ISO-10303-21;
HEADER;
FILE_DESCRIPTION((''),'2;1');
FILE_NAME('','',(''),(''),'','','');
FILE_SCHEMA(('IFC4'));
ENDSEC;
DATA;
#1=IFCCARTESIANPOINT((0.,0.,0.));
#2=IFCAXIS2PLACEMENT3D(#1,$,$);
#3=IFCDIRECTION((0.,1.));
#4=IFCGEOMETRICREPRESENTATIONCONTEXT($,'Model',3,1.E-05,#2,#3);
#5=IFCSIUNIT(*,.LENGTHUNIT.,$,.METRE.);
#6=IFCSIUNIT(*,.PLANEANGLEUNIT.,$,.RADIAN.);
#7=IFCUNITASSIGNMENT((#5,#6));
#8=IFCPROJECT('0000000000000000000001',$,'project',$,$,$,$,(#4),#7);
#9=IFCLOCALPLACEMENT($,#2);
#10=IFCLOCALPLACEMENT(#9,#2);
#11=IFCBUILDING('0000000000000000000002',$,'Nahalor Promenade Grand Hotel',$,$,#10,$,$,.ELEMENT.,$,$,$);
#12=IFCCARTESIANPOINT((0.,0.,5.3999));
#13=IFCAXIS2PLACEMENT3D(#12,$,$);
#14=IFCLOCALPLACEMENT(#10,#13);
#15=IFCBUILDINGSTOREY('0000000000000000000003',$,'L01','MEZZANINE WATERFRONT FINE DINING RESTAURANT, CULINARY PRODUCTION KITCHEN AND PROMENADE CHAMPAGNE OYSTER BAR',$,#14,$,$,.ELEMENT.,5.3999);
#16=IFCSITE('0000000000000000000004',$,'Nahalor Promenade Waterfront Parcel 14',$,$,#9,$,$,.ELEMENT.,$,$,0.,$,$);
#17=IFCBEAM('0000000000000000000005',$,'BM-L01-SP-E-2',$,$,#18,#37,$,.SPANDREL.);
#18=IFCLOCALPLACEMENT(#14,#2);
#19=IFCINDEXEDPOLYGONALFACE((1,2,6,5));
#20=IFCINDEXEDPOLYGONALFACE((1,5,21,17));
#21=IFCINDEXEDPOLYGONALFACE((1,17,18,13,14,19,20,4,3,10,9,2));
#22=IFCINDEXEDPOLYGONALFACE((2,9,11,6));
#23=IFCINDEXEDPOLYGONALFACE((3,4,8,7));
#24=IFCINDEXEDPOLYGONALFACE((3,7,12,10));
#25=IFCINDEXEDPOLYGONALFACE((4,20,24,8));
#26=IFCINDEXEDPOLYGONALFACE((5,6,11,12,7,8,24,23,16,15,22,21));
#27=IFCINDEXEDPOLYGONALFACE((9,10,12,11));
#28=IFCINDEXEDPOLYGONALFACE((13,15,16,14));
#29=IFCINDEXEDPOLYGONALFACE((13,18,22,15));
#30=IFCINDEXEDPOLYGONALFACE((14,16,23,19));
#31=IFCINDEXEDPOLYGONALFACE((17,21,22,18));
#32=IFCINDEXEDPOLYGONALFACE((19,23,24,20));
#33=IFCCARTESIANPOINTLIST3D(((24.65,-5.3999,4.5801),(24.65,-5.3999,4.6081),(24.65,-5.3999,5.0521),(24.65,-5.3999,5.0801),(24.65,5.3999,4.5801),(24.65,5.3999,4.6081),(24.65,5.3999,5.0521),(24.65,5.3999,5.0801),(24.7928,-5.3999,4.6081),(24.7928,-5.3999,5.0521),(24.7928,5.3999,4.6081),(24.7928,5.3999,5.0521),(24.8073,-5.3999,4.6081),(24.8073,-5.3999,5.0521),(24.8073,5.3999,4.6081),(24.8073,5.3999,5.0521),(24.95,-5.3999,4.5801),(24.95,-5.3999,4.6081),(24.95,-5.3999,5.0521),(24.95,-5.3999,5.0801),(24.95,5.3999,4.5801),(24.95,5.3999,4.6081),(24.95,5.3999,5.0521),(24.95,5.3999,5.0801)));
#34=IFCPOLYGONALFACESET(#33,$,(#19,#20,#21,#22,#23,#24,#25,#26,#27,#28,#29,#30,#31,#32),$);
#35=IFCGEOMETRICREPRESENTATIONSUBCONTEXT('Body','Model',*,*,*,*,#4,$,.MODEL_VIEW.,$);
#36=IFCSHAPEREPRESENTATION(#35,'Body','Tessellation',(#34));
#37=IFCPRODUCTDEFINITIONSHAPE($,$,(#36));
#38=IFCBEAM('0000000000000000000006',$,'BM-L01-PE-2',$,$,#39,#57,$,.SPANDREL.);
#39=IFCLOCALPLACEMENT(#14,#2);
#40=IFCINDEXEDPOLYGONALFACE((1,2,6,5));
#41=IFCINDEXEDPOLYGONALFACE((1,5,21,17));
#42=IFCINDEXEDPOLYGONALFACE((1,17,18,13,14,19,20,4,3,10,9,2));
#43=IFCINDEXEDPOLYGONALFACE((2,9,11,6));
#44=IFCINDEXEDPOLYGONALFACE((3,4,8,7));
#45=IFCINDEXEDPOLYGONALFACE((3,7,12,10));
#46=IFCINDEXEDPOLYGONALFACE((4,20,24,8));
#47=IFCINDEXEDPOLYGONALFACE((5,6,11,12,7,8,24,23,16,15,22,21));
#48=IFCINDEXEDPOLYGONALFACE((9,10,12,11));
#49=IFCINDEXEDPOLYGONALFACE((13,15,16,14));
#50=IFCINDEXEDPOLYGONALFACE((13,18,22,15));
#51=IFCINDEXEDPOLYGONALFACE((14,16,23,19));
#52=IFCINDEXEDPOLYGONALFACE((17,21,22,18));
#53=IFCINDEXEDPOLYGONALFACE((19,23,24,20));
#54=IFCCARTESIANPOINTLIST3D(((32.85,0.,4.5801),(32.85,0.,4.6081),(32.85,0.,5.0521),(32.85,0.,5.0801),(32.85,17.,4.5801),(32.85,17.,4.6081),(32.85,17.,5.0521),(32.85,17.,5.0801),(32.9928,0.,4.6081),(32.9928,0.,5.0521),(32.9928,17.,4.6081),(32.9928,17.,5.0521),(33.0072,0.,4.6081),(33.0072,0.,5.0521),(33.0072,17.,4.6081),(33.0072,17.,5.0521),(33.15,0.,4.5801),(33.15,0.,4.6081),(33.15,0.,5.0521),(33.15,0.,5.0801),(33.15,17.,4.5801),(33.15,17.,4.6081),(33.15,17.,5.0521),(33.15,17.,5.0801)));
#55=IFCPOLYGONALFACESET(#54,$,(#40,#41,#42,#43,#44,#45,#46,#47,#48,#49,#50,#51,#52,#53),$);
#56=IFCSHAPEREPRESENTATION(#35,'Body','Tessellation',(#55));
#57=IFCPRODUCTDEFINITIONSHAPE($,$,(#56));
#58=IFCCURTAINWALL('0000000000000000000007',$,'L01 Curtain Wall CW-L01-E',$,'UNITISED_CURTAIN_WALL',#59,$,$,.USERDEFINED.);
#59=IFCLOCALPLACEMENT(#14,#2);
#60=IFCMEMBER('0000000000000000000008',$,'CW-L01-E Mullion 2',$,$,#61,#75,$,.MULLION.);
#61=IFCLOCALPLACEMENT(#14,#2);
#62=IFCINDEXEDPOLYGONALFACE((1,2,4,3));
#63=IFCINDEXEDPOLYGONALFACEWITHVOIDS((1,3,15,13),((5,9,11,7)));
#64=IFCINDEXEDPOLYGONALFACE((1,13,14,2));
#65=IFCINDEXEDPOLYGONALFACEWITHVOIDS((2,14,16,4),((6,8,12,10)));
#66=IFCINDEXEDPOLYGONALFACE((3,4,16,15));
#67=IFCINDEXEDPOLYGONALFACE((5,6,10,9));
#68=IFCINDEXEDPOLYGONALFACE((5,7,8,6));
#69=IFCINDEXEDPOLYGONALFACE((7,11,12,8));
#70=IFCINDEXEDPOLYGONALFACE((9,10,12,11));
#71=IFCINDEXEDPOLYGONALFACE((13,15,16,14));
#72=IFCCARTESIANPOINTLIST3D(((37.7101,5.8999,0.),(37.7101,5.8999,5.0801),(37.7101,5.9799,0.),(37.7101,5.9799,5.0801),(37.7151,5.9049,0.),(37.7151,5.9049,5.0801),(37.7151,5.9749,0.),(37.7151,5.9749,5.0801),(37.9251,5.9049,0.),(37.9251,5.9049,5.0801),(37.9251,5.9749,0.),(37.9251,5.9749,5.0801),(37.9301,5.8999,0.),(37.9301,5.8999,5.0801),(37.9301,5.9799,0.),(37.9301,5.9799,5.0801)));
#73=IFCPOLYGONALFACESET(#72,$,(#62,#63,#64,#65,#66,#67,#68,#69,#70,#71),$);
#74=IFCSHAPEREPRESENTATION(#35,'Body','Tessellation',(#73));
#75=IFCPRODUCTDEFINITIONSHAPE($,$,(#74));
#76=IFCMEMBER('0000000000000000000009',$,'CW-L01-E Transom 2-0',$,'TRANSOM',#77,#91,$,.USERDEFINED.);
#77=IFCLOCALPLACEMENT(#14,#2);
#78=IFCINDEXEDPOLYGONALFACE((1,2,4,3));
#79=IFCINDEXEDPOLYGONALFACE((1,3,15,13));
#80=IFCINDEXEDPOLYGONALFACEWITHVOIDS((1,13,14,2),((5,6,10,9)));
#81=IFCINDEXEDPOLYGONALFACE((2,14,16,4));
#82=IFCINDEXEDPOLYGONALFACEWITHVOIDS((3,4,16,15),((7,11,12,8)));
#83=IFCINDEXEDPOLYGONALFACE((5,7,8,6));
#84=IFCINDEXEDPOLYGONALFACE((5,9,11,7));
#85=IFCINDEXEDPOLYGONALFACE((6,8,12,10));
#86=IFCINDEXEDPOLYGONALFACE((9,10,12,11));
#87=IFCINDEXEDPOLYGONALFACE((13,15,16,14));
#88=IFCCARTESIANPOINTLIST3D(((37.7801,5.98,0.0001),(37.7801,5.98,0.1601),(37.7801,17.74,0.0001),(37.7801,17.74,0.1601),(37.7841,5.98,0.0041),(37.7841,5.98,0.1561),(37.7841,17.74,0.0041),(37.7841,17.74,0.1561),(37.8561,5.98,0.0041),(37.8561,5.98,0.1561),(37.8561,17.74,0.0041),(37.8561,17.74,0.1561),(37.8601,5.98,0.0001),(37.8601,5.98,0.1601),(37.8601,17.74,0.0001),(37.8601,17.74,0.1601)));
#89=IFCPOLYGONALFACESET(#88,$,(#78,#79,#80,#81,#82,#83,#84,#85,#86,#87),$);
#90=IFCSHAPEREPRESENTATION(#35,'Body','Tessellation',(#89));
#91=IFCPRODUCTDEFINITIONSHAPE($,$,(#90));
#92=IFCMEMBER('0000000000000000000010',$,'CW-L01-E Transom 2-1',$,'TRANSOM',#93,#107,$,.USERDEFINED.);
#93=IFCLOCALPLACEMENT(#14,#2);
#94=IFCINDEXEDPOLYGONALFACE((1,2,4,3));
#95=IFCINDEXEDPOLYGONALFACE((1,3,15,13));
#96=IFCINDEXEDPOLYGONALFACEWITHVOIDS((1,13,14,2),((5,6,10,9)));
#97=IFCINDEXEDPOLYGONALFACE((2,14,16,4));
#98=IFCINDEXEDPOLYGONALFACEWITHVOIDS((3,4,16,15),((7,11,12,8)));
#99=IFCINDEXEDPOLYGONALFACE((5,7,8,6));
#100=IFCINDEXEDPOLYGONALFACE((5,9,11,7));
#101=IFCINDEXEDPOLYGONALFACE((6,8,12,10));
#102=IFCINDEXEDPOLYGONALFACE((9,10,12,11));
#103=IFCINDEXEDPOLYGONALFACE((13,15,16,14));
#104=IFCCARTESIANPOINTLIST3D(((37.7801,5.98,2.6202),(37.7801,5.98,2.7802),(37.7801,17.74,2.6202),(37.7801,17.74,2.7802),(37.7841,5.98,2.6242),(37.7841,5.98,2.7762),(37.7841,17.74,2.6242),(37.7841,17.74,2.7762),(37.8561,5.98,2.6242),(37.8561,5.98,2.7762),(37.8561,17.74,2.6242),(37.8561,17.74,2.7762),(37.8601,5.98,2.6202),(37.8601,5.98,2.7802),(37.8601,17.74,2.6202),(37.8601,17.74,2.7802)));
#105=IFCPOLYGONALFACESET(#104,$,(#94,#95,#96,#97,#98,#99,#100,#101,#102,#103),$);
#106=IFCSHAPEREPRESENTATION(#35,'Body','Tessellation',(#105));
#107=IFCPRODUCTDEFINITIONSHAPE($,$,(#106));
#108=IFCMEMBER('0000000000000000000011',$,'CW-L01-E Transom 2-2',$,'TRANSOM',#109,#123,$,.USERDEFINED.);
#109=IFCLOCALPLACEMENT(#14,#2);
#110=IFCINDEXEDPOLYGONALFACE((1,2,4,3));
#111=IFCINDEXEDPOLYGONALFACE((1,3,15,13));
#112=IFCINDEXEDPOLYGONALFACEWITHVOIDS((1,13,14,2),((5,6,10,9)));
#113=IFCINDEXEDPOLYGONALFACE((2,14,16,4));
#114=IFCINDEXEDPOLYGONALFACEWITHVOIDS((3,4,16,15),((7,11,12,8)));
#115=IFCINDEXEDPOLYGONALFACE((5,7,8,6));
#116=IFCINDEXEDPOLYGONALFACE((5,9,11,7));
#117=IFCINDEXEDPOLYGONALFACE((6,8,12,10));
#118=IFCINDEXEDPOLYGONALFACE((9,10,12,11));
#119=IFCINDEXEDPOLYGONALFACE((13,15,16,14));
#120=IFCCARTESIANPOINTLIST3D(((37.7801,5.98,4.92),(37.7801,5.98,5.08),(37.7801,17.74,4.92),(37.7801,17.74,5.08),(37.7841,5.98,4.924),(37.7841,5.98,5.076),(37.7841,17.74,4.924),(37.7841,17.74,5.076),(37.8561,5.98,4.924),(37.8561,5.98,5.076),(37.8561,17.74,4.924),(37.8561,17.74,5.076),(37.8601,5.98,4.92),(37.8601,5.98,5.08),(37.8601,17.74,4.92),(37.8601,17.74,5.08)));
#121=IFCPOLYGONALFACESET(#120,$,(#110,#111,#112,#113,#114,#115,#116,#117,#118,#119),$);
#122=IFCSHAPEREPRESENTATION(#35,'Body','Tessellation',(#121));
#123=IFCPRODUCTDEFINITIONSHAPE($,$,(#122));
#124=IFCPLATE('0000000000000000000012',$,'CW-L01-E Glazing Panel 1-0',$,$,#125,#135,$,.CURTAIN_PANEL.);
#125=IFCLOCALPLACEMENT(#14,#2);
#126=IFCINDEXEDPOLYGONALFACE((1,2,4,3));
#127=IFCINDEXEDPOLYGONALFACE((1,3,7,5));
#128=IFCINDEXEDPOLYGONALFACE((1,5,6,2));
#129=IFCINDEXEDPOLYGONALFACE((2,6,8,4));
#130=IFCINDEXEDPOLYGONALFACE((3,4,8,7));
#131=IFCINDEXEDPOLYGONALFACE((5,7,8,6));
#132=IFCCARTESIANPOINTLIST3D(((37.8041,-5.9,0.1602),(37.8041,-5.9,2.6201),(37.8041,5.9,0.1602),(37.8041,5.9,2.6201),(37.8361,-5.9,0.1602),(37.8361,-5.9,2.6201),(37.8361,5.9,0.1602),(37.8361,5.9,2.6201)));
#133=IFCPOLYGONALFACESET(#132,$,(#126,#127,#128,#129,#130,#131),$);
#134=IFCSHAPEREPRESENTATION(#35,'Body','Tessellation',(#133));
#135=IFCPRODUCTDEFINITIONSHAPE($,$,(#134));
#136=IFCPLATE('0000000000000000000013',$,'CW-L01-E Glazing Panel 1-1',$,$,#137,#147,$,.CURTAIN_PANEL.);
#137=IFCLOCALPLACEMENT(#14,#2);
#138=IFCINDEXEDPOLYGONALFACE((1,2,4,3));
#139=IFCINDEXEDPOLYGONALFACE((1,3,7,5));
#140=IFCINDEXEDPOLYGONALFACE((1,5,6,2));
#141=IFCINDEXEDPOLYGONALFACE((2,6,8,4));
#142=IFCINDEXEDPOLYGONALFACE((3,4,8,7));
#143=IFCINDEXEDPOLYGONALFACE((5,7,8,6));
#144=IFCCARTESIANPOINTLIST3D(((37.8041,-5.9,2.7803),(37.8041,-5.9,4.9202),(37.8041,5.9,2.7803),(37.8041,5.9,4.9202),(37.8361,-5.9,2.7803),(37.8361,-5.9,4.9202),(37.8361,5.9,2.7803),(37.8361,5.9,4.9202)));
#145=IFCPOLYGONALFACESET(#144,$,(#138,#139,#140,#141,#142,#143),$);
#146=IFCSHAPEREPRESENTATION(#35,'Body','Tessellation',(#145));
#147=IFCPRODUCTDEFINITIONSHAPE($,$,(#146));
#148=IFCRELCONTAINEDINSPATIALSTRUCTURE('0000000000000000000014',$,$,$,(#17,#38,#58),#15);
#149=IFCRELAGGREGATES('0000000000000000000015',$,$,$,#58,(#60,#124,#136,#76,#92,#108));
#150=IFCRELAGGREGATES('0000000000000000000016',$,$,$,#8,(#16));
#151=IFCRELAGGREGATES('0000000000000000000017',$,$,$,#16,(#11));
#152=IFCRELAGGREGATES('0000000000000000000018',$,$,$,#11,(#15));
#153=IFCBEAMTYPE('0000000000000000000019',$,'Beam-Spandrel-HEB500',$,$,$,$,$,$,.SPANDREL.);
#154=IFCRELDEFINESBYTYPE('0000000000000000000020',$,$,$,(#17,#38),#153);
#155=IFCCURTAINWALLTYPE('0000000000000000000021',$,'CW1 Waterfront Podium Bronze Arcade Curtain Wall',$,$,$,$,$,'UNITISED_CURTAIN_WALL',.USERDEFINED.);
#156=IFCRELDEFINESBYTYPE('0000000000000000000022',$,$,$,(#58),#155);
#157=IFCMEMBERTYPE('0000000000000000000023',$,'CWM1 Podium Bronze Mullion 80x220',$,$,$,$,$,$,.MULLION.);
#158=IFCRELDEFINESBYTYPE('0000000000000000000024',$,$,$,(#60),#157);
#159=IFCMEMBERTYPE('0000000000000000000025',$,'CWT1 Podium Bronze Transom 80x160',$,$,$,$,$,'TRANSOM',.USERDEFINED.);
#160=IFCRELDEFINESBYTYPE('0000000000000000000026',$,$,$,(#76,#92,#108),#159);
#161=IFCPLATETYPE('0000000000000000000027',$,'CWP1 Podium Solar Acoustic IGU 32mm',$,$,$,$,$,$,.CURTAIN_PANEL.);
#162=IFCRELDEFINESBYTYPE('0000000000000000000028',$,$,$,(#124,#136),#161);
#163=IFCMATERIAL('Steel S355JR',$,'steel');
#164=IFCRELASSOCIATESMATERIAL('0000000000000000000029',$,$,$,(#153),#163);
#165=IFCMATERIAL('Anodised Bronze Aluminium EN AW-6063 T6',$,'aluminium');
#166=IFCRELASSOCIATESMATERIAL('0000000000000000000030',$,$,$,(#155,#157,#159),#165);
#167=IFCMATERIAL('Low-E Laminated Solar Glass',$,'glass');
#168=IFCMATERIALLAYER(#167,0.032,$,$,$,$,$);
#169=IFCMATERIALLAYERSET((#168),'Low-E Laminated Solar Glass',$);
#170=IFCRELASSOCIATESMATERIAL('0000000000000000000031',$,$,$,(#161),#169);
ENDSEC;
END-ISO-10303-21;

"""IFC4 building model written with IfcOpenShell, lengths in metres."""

from ifc_helpers import new_model, si_unit, direction, frame, origin, origin_2d, place, context, subcontext, project, spatial, rectangle, hollow_rectangle, i_section, extrude, source, transform, mapped, material, layer, layer_set, material_profile, profile_set, type_object, element, aggregate, save


model = new_model("IFC4")

# Units and contexts
model_context = context("Model", 3, precision=1e-05, world=origin(), true_north=direction((0.0, 1.0)))
body_context = subcontext(model_context, "Body", "Model", "MODEL_VIEW")
ifc_project = project(units=[si_unit("LENGTHUNIT", "METRE"), si_unit("PLANEANGLEUNIT", "RADIAN")], contexts=[model_context])

# Site, building, storey
site_placement = place(None, origin())
site = spatial("IfcSite", under=ifc_project, at=site_placement, Name="Nahalor Promenade Waterfront Parcel 14", CompositionType="ELEMENT", RefElevation=0.0)
building_placement = place(site_placement, origin())
building = spatial("IfcBuilding", under=site, at=building_placement, Name="Nahalor Promenade Grand Hotel", CompositionType="ELEMENT")
storey_placement = place(building_placement, frame((0.0, 0.0, 5.3999)))
storey = spatial("IfcBuildingStorey", under=building, at=storey_placement, Name="L01", Description="MEZZANINE WATERFRONT FINE DINING RESTAURANT, CULINARY PRODUCTION KITCHEN AND PROMENADE CHAMPAGNE OYSTER BAR", CompositionType="ELEMENT", Elevation=5.3999)

# Beams
ifc_material_1 = material(Name="Steel S355JR", Category="steel")
ifc_material_profile_1 = material_profile(ifc_material_1, i_section(OverallWidth=0.3, OverallDepth=0.5, WebThickness=0.0145, FlangeThickness=0.028, at=origin_2d()), Name="HEB 500")
ifc_profile_set_1 = profile_set([ifc_material_profile_1], Name="Steel S355JR")
beam_type_1 = type_object("IfcBeamType", Name="Beam-Spandrel-HEB500", PredefinedType="SPANDREL", material=ifc_profile_set_1)
shared_shape_1 = source(origin(), body_context, "Body", "SweptSolid", [
    extrude(i_section(OverallWidth=0.3, OverallDepth=0.5, WebThickness=0.0145, FlangeThickness=0.028, at=origin_2d()), origin(), (0.0, 0.0, 1.0), 10.7998),
])
beam_1_placement = place(storey_placement, frame((24.8, -5.3999, 4.8301), z_axis=(0.0, 1.0, 0.0), x_axis=(-1.0, 0.0, 0.0)))
element("IfcBeam", 1, at=beam_1_placement, inside=storey, type_object=beam_type_1, Name="BM-L01-SP-E-2", PredefinedType="SPANDREL", context=body_context, shape_type="MappedRepresentation", body=[
    mapped(shared_shape_1, transform((0.0, 0.0, 0.0), scale=1.0)),
])
shared_shape_2 = source(origin(), body_context, "Body", "SweptSolid", [
    extrude(i_section(OverallWidth=0.3, OverallDepth=0.5, WebThickness=0.0145, FlangeThickness=0.028, at=origin_2d()), origin(), (0.0, 0.0, 1.0), 17.0),
])
beam_2_placement = place(storey_placement, frame((33.0, 0.0, 4.8301), z_axis=(0.0, 1.0, 0.0), x_axis=(-1.0, 0.0, 0.0)))
element("IfcBeam", 2, at=beam_2_placement, inside=storey, type_object=beam_type_1, Name="BM-L01-PE-2", PredefinedType="SPANDREL", context=body_context, shape_type="MappedRepresentation", body=[
    mapped(shared_shape_2, transform((0.0, 0.0, 0.0), scale=1.0)),
])

# Curtain wall, members, plates
ifc_material_2 = material(Name="Anodised Bronze Aluminium EN AW-6063 T6", Category="aluminium")
curtain_wall_type = type_object("IfcCurtainWallType", Name="CW1 Waterfront Podium Bronze Arcade Curtain Wall", ElementType="UNITISED_CURTAIN_WALL", PredefinedType="USERDEFINED", material=ifc_material_2)
curtain_wall_placement = place(storey_placement, origin())
curtain_wall = element("IfcCurtainWall", 3, at=curtain_wall_placement, inside=storey, type_object=curtain_wall_type, Name="L01 Curtain Wall CW-L01-E", ObjectType="UNITISED_CURTAIN_WALL", PredefinedType="USERDEFINED")
ifc_material_profile_2 = material_profile(ifc_material_2, hollow_rectangle(XDim=0.08, YDim=0.22, WallThickness=0.005, at=origin_2d()), Name="CWM 80x220x5")
ifc_profile_set_2 = profile_set([ifc_material_profile_2], Name="Anodised Bronze Aluminium EN AW-6063 T6")
member_type_1 = type_object("IfcMemberType", Name="CWM1 Podium Bronze Mullion 80x220", PredefinedType="MULLION", material=ifc_profile_set_2)
shared_shape_3 = source(origin(), body_context, "Body", "SweptSolid", [
    extrude(hollow_rectangle(XDim=0.08, YDim=0.22, WallThickness=0.005, at=origin_2d()), origin(), (0.0, 0.0, 1.0), 5.0801),
])
member_1_placement = place(storey_placement, frame((37.8201, 5.9399, 0.0), z_axis=(0.0, 0.0, 1.0), x_axis=(0.0, 1.0, 0.0)))
member_1 = element("IfcMember", 4, at=member_1_placement, type_object=member_type_1, Name="CW-L01-E Mullion 2", PredefinedType="MULLION", context=body_context, shape_type="MappedRepresentation", body=[
    mapped(shared_shape_3, transform((0.0, 0.0, 0.0), scale=1.0)),
])
ifc_material_profile_3 = material_profile(ifc_material_2, hollow_rectangle(XDim=0.08, YDim=0.16, WallThickness=0.004, at=origin_2d()), Name="CWT 80x160x4")
ifc_profile_set_3 = profile_set([ifc_material_profile_3], Name="Anodised Bronze Aluminium EN AW-6063 T6")
member_type_2 = type_object("IfcMemberType", Name="CWT1 Podium Bronze Transom 80x160", ElementType="TRANSOM", PredefinedType="USERDEFINED", material=ifc_profile_set_3)
shared_shape_4 = source(origin(), body_context, "Body", "SweptSolid", [
    extrude(hollow_rectangle(XDim=0.08, YDim=0.16, WallThickness=0.004, at=origin_2d()), origin(), (0.0, 0.0, 1.0), 11.76),
])
member_2_placement = place(storey_placement, frame((37.8201, 5.98, 0.0801), z_axis=(0.0, 1.0, 0.0), x_axis=(-1.0, 0.0, 0.0)))
member_2 = element("IfcMember", 5, at=member_2_placement, type_object=member_type_2, Name="CW-L01-E Transom 2-0", ObjectType="TRANSOM", PredefinedType="USERDEFINED", context=body_context, shape_type="MappedRepresentation", body=[
    mapped(shared_shape_4, transform((0.0, 0.0, 0.0), scale=1.0)),
])
member_3_placement = place(storey_placement, frame((37.8201, 5.98, 2.7002), z_axis=(0.0, 1.0, 0.0), x_axis=(-1.0, 0.0, 0.0)))
member_3 = element("IfcMember", 6, at=member_3_placement, type_object=member_type_2, Name="CW-L01-E Transom 2-1", ObjectType="TRANSOM", PredefinedType="USERDEFINED", context=body_context, shape_type="MappedRepresentation", body=[
    mapped(shared_shape_4, transform((0.0, 0.0, 0.0), scale=1.0)),
])
member_4_placement = place(storey_placement, frame((37.8201, 5.98, 5.0), z_axis=(0.0, 1.0, 0.0), x_axis=(-1.0, 0.0, 0.0)))
member_4 = element("IfcMember", 7, at=member_4_placement, type_object=member_type_2, Name="CW-L01-E Transom 2-2", ObjectType="TRANSOM", PredefinedType="USERDEFINED", context=body_context, shape_type="MappedRepresentation", body=[
    mapped(shared_shape_4, transform((0.0, 0.0, 0.0), scale=1.0)),
])
ifc_material_3 = material(Name="Low-E Laminated Solar Glass", Category="glass")
ifc_layer_1 = layer(ifc_material_3, 0.032)
ifc_layer_set_1 = layer_set([ifc_layer_1], Name="Low-E Laminated Solar Glass")
plate_type = type_object("IfcPlateType", Name="CWP1 Podium Solar Acoustic IGU 32mm", PredefinedType="CURTAIN_PANEL", material=ifc_layer_set_1)
shared_shape_5 = source(origin(), body_context, "Body", "SweptSolid", [
    extrude(rectangle(XDim=11.8, YDim=0.032, at=origin_2d()), origin(), (0.0, 0.0, 1.0), 2.46),
])
plate_1_placement = place(storey_placement, frame((37.8201, 0.0, 0.1602), z_axis=(0.0, 0.0, 1.0), x_axis=(0.0, 1.0, 0.0)))
plate_1 = element("IfcPlate", 8, at=plate_1_placement, type_object=plate_type, Name="CW-L01-E Glazing Panel 1-0", PredefinedType="CURTAIN_PANEL", context=body_context, shape_type="MappedRepresentation", body=[
    mapped(shared_shape_5, transform((0.0, 0.0, 0.0), scale=1.0)),
])
shared_shape_6 = source(origin(), body_context, "Body", "SweptSolid", [
    extrude(rectangle(XDim=11.8, YDim=0.032, at=origin_2d()), origin(), (0.0, 0.0, 1.0), 2.1399),
])
plate_2_placement = place(storey_placement, frame((37.8201, 0.0, 2.7803), z_axis=(0.0, 0.0, 1.0), x_axis=(0.0, 1.0, 0.0)))
plate_2 = element("IfcPlate", 9, at=plate_2_placement, type_object=plate_type, Name="CW-L01-E Glazing Panel 1-1", PredefinedType="CURTAIN_PANEL", context=body_context, shape_type="MappedRepresentation", body=[
    mapped(shared_shape_6, transform((0.0, 0.0, 0.0), scale=1.0)),
])
aggregate(curtain_wall, [member_1, plate_1, plate_2, member_2, member_3, member_4])

save(model, "model.ifc")
